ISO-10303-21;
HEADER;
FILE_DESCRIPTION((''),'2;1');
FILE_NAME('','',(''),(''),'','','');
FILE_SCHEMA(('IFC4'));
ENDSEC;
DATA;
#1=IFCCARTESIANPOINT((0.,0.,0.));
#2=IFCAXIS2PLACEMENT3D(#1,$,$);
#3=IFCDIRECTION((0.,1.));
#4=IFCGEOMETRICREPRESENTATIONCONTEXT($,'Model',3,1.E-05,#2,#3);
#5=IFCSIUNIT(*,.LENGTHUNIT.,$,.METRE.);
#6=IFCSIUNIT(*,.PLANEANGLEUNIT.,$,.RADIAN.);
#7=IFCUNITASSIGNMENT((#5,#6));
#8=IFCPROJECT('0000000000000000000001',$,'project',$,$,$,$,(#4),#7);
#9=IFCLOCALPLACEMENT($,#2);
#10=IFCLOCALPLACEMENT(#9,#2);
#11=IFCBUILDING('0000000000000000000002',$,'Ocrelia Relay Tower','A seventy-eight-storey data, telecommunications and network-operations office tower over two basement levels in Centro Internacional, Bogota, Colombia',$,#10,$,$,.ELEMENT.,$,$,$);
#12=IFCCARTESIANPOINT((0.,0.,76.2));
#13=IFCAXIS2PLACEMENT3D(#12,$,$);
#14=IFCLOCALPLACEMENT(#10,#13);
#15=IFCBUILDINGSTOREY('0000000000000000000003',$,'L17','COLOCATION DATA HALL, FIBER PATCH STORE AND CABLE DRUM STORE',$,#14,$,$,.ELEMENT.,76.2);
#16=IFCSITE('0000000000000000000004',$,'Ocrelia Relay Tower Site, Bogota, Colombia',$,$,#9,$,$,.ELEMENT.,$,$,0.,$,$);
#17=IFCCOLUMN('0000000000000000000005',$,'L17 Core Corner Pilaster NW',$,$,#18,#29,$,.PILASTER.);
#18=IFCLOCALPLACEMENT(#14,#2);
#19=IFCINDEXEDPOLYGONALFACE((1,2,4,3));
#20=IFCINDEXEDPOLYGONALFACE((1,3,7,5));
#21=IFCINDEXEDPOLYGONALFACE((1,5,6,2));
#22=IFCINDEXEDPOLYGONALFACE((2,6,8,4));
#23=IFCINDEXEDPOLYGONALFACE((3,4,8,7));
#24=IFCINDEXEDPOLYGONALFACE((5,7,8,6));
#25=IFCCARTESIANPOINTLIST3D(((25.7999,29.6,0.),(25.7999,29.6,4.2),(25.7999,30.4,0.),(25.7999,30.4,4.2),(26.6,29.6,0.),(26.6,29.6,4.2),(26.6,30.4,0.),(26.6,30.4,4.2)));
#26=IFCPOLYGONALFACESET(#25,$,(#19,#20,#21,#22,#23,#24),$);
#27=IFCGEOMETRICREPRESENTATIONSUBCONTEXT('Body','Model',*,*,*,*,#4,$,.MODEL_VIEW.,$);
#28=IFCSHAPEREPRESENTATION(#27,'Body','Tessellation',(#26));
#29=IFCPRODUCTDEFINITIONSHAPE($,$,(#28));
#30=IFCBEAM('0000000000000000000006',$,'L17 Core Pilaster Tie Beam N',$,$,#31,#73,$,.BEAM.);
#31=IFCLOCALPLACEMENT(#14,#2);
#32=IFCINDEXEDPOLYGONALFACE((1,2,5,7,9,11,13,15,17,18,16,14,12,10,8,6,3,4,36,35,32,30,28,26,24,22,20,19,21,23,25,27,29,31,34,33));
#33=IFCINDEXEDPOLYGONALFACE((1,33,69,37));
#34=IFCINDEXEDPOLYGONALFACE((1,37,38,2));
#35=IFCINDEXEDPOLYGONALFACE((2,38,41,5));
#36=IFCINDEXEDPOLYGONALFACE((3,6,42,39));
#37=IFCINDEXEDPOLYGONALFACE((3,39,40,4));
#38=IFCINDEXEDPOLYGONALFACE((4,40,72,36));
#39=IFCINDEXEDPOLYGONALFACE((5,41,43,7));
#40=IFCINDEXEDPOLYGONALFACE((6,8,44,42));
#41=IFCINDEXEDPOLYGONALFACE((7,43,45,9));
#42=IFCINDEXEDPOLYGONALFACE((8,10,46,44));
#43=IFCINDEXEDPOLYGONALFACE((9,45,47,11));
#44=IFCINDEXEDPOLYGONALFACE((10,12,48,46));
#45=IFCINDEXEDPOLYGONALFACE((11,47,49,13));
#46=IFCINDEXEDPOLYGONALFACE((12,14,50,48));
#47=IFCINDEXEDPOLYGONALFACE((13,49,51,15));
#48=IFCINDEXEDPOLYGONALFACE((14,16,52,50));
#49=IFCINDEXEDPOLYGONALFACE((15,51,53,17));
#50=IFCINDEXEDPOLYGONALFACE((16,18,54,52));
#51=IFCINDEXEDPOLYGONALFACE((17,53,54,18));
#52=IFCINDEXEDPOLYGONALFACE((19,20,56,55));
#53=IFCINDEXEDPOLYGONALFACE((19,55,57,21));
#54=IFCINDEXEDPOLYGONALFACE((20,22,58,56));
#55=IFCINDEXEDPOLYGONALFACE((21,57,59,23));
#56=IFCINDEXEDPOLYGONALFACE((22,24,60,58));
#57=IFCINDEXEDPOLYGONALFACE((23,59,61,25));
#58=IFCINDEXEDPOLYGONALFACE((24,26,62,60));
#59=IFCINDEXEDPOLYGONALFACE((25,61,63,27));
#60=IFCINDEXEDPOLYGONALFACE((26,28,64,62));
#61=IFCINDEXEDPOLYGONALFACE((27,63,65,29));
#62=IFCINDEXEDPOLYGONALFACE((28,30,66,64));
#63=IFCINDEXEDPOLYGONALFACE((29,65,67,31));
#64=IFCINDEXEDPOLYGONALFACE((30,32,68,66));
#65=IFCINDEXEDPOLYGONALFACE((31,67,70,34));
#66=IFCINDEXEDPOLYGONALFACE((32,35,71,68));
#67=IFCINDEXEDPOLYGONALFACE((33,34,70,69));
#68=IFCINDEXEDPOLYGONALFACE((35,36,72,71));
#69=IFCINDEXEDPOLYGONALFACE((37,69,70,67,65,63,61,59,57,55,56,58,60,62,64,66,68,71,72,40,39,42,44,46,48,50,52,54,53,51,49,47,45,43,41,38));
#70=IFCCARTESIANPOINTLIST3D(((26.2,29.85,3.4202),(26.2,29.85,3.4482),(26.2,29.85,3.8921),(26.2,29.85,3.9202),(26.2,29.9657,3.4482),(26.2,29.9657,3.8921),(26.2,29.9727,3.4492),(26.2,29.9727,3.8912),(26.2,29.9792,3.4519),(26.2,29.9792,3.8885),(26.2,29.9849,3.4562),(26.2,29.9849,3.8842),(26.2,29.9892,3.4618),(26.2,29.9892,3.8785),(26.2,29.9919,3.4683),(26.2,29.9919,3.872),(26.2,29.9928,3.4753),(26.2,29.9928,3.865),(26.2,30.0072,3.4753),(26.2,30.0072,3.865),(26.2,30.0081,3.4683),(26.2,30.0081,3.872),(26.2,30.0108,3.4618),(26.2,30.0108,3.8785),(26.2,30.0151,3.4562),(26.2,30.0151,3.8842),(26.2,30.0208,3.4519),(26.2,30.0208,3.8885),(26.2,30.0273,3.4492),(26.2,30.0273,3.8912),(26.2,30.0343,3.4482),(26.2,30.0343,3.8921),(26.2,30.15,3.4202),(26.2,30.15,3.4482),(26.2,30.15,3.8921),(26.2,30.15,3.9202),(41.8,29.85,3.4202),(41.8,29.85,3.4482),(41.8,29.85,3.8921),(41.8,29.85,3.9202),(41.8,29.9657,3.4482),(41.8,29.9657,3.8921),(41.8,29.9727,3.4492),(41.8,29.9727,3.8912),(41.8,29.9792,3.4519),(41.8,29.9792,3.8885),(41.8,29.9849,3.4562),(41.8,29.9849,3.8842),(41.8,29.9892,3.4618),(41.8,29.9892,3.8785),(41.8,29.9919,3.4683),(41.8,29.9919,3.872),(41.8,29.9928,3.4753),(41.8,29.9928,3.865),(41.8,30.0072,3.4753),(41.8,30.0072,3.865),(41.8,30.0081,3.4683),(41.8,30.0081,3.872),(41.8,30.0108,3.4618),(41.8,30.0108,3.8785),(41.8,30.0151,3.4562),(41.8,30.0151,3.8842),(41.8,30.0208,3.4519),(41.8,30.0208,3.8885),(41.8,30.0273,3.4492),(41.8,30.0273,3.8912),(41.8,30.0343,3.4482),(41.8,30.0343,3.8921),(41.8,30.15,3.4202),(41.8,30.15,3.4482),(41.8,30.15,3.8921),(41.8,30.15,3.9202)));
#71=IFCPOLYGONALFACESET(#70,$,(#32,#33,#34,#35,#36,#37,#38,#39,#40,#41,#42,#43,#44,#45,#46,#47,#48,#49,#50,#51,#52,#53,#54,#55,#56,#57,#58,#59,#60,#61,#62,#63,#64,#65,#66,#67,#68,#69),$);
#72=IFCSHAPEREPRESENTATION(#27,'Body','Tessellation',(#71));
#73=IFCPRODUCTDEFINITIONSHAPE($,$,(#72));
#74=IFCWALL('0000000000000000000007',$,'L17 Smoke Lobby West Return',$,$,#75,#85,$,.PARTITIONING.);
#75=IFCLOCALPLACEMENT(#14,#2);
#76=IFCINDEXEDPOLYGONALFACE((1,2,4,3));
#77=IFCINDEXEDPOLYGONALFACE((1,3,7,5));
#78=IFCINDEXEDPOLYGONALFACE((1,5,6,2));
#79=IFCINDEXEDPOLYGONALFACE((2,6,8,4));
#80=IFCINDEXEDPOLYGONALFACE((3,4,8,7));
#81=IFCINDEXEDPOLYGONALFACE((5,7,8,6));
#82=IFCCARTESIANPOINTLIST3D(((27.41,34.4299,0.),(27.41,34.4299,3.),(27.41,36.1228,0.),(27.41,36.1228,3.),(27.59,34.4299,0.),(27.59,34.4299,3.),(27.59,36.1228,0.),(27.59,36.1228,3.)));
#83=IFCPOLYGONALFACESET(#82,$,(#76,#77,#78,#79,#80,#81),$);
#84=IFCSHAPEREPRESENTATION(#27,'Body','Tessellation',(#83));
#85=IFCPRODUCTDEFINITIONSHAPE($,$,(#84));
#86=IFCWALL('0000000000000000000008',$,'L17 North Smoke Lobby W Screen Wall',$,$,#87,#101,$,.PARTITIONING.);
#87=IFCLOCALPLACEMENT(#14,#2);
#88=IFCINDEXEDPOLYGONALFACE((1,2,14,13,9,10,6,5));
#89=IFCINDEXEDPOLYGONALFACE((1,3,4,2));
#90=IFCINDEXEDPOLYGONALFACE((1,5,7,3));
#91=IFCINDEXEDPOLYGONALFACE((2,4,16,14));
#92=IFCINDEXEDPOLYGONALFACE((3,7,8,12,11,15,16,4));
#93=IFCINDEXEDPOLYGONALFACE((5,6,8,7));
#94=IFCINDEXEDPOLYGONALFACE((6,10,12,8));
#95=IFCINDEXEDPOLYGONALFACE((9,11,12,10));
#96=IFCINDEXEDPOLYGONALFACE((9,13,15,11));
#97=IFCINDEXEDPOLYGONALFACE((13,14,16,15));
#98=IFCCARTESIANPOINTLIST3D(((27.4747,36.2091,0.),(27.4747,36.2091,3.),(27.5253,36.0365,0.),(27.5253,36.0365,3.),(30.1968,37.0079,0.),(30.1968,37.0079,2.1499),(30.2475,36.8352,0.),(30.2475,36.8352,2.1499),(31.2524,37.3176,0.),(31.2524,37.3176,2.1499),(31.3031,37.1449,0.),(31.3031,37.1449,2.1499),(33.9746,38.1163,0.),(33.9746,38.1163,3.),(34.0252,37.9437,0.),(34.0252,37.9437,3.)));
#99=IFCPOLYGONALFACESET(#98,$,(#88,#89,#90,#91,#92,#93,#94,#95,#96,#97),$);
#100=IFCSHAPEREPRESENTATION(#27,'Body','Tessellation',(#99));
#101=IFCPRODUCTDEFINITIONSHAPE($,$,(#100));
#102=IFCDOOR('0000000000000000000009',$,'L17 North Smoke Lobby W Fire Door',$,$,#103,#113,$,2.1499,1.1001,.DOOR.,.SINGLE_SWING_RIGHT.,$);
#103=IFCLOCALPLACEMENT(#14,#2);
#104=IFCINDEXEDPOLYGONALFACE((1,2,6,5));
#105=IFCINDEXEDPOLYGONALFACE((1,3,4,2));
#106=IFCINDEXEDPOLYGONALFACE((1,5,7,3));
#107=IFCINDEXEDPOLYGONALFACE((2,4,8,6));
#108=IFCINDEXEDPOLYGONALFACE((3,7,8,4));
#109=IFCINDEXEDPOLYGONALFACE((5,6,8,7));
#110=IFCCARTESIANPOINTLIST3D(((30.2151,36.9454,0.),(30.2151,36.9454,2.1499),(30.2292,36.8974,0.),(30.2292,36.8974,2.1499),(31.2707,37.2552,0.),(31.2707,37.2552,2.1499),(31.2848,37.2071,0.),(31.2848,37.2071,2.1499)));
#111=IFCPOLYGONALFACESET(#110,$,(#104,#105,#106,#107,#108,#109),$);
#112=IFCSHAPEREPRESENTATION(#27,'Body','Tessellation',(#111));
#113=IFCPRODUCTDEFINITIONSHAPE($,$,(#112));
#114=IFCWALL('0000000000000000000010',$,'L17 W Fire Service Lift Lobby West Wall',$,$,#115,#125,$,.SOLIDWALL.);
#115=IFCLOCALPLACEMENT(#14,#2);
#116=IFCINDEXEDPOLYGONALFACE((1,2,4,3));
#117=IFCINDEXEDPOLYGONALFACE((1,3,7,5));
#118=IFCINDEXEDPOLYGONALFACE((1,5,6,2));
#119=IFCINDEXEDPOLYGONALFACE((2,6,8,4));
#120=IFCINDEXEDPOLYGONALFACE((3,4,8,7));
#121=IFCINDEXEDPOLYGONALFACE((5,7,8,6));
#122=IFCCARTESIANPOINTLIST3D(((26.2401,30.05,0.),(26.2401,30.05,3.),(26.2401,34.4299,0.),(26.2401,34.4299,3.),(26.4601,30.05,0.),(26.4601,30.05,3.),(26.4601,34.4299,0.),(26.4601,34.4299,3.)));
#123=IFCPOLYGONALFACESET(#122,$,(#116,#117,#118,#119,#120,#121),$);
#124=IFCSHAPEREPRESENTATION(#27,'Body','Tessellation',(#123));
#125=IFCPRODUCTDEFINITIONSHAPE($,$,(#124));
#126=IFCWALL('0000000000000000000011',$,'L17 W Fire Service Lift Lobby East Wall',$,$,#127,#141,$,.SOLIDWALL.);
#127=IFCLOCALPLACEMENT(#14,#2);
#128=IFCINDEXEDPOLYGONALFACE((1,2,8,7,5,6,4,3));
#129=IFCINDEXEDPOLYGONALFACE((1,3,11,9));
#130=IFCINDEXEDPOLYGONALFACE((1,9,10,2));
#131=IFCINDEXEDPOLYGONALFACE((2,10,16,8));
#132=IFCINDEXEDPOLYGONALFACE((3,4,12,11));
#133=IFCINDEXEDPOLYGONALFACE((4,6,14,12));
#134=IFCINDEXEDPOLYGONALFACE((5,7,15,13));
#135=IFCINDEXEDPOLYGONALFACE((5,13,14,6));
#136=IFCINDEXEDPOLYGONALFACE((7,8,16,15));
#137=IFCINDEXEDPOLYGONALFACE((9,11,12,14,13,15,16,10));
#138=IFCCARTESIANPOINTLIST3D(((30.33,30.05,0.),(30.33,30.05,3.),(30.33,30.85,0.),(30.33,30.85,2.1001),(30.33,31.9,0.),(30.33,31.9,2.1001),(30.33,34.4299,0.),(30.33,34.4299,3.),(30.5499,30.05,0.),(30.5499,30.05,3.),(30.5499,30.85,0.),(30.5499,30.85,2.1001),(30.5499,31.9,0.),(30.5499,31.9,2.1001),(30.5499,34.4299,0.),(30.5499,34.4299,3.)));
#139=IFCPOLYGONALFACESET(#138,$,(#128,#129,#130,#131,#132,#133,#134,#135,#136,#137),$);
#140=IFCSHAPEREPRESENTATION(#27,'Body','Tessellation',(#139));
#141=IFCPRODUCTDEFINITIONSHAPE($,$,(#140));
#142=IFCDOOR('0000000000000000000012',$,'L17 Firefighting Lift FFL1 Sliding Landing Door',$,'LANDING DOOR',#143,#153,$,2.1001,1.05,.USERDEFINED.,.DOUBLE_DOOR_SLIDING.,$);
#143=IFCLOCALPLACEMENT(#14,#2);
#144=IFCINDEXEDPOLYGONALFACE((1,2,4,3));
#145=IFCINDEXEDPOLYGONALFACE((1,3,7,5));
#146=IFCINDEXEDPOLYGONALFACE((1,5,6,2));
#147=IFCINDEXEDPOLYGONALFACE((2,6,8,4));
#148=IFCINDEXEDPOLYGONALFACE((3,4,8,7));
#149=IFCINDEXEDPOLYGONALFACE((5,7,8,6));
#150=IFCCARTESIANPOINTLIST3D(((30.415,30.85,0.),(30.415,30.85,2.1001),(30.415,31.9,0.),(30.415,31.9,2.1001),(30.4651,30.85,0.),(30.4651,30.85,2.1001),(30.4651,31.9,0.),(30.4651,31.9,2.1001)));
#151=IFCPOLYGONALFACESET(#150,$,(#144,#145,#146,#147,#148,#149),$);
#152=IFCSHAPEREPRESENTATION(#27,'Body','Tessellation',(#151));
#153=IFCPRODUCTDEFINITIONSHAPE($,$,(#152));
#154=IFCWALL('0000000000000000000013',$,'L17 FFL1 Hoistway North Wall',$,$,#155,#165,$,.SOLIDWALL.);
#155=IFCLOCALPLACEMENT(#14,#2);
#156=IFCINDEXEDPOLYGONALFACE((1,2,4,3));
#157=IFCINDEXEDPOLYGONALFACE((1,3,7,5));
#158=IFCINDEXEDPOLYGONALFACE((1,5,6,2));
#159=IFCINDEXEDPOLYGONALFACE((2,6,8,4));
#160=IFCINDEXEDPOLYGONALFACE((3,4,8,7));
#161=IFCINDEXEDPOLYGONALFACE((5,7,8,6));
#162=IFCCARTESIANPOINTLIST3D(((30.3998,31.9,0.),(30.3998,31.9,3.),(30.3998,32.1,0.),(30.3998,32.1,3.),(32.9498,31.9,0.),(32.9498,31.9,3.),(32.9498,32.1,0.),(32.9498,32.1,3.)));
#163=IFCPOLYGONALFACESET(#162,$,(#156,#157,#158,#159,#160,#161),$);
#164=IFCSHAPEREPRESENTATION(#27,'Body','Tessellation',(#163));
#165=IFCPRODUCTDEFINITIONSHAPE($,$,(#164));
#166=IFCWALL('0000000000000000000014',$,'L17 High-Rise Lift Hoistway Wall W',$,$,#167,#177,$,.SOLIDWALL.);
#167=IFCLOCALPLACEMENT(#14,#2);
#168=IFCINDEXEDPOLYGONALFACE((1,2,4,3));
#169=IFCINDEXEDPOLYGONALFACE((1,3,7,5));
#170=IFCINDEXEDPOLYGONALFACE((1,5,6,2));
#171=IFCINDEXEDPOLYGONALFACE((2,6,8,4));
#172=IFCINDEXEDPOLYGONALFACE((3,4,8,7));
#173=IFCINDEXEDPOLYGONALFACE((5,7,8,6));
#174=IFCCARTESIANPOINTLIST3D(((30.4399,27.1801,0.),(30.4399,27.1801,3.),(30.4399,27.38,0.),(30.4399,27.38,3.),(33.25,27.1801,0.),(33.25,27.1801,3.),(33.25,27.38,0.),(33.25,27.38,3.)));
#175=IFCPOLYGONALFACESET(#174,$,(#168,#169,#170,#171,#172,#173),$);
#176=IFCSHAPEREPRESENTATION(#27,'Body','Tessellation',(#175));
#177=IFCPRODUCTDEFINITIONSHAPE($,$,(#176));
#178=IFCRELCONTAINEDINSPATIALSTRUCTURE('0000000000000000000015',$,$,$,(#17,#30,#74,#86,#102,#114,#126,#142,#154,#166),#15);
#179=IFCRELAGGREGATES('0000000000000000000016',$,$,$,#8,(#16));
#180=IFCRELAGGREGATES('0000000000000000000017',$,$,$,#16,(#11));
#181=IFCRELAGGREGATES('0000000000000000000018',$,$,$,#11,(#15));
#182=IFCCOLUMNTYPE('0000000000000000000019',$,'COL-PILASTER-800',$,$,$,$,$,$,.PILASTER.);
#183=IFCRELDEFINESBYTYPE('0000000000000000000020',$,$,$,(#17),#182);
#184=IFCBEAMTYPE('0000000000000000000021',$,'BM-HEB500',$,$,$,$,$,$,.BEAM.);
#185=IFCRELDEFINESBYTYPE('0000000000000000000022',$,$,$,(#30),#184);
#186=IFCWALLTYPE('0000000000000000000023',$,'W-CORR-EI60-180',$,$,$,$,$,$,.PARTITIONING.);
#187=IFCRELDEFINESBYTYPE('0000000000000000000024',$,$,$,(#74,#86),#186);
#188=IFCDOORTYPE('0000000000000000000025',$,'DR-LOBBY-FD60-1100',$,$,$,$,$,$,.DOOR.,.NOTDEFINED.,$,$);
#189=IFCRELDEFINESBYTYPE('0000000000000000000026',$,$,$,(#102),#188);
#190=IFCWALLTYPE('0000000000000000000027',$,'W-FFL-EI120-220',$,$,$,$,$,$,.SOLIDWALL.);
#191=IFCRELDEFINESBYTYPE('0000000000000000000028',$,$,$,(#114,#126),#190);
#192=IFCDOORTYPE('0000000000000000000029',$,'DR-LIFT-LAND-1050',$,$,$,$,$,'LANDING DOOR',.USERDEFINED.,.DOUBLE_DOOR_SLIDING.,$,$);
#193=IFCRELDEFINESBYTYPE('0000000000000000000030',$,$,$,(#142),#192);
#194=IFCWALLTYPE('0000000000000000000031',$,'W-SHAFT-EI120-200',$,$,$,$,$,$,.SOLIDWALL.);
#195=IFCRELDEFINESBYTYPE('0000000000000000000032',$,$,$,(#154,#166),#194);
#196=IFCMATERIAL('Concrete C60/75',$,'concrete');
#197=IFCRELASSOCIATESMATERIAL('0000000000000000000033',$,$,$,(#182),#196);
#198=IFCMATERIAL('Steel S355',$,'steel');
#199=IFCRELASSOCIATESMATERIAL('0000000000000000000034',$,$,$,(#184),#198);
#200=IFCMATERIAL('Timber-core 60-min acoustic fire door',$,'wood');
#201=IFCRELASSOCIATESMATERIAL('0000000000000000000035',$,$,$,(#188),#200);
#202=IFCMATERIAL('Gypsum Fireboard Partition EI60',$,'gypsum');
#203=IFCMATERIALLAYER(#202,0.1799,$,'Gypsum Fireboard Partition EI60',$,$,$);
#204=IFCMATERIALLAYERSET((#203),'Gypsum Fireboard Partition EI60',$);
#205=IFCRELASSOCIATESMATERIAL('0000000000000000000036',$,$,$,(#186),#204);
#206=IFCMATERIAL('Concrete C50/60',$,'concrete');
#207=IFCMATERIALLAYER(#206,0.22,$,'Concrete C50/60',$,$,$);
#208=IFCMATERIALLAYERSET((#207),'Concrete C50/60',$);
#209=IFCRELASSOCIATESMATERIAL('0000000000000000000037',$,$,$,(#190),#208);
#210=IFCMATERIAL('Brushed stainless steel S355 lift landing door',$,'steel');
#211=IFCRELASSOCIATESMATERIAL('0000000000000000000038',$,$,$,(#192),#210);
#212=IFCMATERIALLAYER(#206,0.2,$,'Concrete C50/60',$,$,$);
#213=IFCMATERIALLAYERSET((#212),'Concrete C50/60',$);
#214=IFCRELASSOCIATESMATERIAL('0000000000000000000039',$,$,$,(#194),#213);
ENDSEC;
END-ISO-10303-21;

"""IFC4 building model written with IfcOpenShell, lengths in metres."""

from ifc_helpers import new_model, si_unit, direction, frame, frame_2d, origin, origin_2d, place, context, subcontext, project, spatial, rectangle, i_section, extrude, material, layer, layer_set, material_profile, profile_set, type_object, element, fill, save


model = new_model("IFC4")

# Units and contexts
model_context = context("Model", 3, precision=1e-05, world=origin(), true_north=direction((0.0, 1.0)))
body_context = subcontext(model_context, "Body", "Model", "MODEL_VIEW")
ifc_project = project(units=[si_unit("LENGTHUNIT", "METRE"), si_unit("PLANEANGLEUNIT", "RADIAN")], contexts=[model_context])

# Site, building, storey
site_placement = place(None, origin())
site = spatial("IfcSite", under=ifc_project, at=site_placement, Name="Ocrelia Relay Tower Site, Bogota, Colombia", CompositionType="ELEMENT", RefElevation=0.0)
building_placement = place(site_placement, origin())
building = spatial("IfcBuilding", under=site, at=building_placement, Name="Ocrelia Relay Tower", Description="A seventy-eight-storey data, telecommunications and network-operations office tower over two basement levels in Centro Internacional, Bogota, Colombia", CompositionType="ELEMENT")
storey_placement = place(building_placement, frame((0.0, 0.0, 76.2)))
storey = spatial("IfcBuildingStorey", under=building, at=storey_placement, Name="L17", Description="COLOCATION DATA HALL, FIBER PATCH STORE AND CABLE DRUM STORE", CompositionType="ELEMENT", Elevation=76.2)

# Column
ifc_material_1 = material(Name="Concrete C60/75", Category="concrete")
ifc_material_profile_1 = material_profile(ifc_material_1, rectangle(XDim=0.8, YDim=0.8, at=origin_2d()), Name="RC-COL-800x800")
ifc_profile_set_1 = profile_set([ifc_material_profile_1], Name="Concrete C60/75")
column_type = type_object("IfcColumnType", Name="COL-PILASTER-800", PredefinedType="PILASTER", material=ifc_profile_set_1)
column_placement = place(storey_placement, frame((26.2, 30.0, 0.0), z_axis=(0.0, 0.0, 1.0), x_axis=(1.0, 0.0, 0.0)))
element("IfcColumn", 1, at=column_placement, inside=storey, type_object=column_type, Name="L17 Core Corner Pilaster NW", PredefinedType="PILASTER", context=body_context, shape_type="SweptSolid", body=[
    extrude(rectangle(XDim=0.8, YDim=0.8, at=origin_2d()), origin(), (0.0, 0.0, 1.0), 4.2),
])

# Beam
ifc_material_2 = material(Name="Steel S355", Category="steel")
ifc_material_profile_2 = material_profile(ifc_material_2, i_section(OverallWidth=0.3, OverallDepth=0.5, WebThickness=0.0144, FlangeThickness=0.0281, FilletRadius=0.0271, at=origin_2d()), Name="HEB 500")
ifc_profile_set_2 = profile_set([ifc_material_profile_2], Name="Steel S355")
beam_type = type_object("IfcBeamType", Name="BM-HEB500", PredefinedType="BEAM", material=ifc_profile_set_2)
beam_placement = place(storey_placement, frame((26.2, 30.0, 3.6702), z_axis=(1.0, 0.0, 0.0), x_axis=(0.0, 1.0, 0.0)))
element("IfcBeam", 2, at=beam_placement, inside=storey, type_object=beam_type, Name="L17 Core Pilaster Tie Beam N", PredefinedType="BEAM", context=body_context, shape_type="SweptSolid", body=[
    extrude(i_section(OverallWidth=0.3, OverallDepth=0.5, WebThickness=0.0144, FlangeThickness=0.0281, FilletRadius=0.0271, at=origin_2d()), origin(), (0.0, 0.0, 1.0), 15.6001),
])

# Shared definitions
ifc_material_3 = material(Name="Timber-core 60-min acoustic fire door", Category="wood")
door_type_1 = type_object("IfcDoorType", Name="DR-LOBBY-FD60-1100", OperationType="NOTDEFINED", PredefinedType="DOOR", material=ifc_material_3)

# Wall
ifc_material_4 = material(Name="Gypsum Fireboard Partition EI60", Category="gypsum")
ifc_layer_1 = layer(ifc_material_4, 0.1799, Name="Gypsum Fireboard Partition EI60")
ifc_layer_set_1 = layer_set([ifc_layer_1], Name="Gypsum Fireboard Partition EI60")
wall_type_1 = type_object("IfcWallType", Name="W-CORR-EI60-180", PredefinedType="PARTITIONING", material=ifc_layer_set_1)
wall_1_placement = place(storey_placement, frame((27.5, 34.4299, 0.0), z_axis=(0.0, 0.0, 1.0), x_axis=(0.0, 1.0, 0.0)))
element("IfcWall", 3, at=wall_1_placement, inside=storey, type_object=wall_type_1, Name="L17 Smoke Lobby West Return", PredefinedType="PARTITIONING", context=body_context, shape_type="SweptSolid", body=[
    extrude(rectangle(XDim=1.6929, YDim=0.1799, at=frame_2d((0.8464, 0.0))), origin(), (0.0, 0.0, 1.0), 3.0),
])

# Wall, opening, door
wall_2_placement = place(storey_placement, frame((27.5, 36.1228, 0.0), z_axis=(0.0, 0.0, 1.0), x_axis=(0.959547, 0.28155, 0.0)))
wall_2 = element("IfcWall", 4, at=wall_2_placement, inside=storey, type_object=wall_type_1, Name="L17 North Smoke Lobby W Screen Wall", PredefinedType="PARTITIONING", context=body_context, shape_type="SweptSolid", body=[
    extrude(rectangle(XDim=6.7739, YDim=0.1799, at=frame_2d((3.387, 0.0))), origin(), (0.0, 0.0, 1.0), 3.0),
])
opening_1_placement = place(wall_2_placement, frame((2.8369, 0.0, 0.0)))
opening_1 = element("IfcOpeningElement", 5, at=opening_1_placement, cuts=wall_2, PredefinedType="OPENING", context=body_context, shape_type="SweptSolid", body=[
    extrude(rectangle(XDim=1.1001, YDim=2.1499, at=frame_2d((0.55, 1.075))), frame((0.0, 0.1001, 0.0), z_axis=(0.0, -1.0, 0.0), x_axis=(1.0, 0.0, 0.0)), (0.0, 0.0, 1.0), 0.2),
])
door_1_placement = place(opening_1_placement, origin())
door_1 = element("IfcDoor", 6, at=door_1_placement, inside=storey, type_object=door_type_1, Name="L17 North Smoke Lobby W Fire Door", OperationType="SINGLE_SWING_RIGHT", OverallHeight=2.1499, OverallWidth=1.1001, PredefinedType="DOOR", context=body_context, shape_type="SweptSolid", body=[
    extrude(rectangle(XDim=1.1001, YDim=2.1499, at=frame_2d((0.55, 1.075))), frame((0.0, 0.0249, 0.0), z_axis=(0.0, -1.0, 0.0), x_axis=(1.0, 0.0, 0.0)), (0.0, 0.0, 1.0), 0.05),
])
fill(opening_1, door_1)

# Wall
ifc_material_5 = material(Name="Concrete C50/60", Category="concrete")
ifc_layer_2 = layer(ifc_material_5, 0.22, Name="Concrete C50/60")
ifc_layer_set_2 = layer_set([ifc_layer_2], Name="Concrete C50/60")
wall_type_2 = type_object("IfcWallType", Name="W-FFL-EI120-220", PredefinedType="SOLIDWALL", material=ifc_layer_set_2)
wall_3_placement = place(storey_placement, frame((26.3501, 30.05, 0.0), z_axis=(0.0, 0.0, 1.0), x_axis=(0.0, 1.0, 0.0)))
element("IfcWall", 7, at=wall_3_placement, inside=storey, type_object=wall_type_2, Name="L17 W Fire Service Lift Lobby West Wall", PredefinedType="SOLIDWALL", context=body_context, shape_type="SweptSolid", body=[
    extrude(rectangle(XDim=4.3799, YDim=0.22, at=frame_2d((2.1899, 0.0))), origin(), (0.0, 0.0, 1.0), 3.0),
])

# Wall, opening, door
wall_4_placement = place(storey_placement, frame((30.4399, 30.05, 0.0), z_axis=(0.0, 0.0, 1.0), x_axis=(0.0, 1.0, 0.0)))
wall_4 = element("IfcWall", 8, at=wall_4_placement, inside=storey, type_object=wall_type_2, Name="L17 W Fire Service Lift Lobby East Wall", PredefinedType="SOLIDWALL", context=body_context, shape_type="SweptSolid", body=[
    extrude(rectangle(XDim=4.3799, YDim=0.22, at=frame_2d((2.1899, 0.0))), origin(), (0.0, 0.0, 1.0), 3.0),
])
opening_2_placement = place(wall_4_placement, frame((0.8, 0.0, 0.0)))
opening_2 = element("IfcOpeningElement", 9, at=opening_2_placement, cuts=wall_4, PredefinedType="OPENING", context=body_context, shape_type="SweptSolid", body=[
    extrude(rectangle(XDim=1.05, YDim=2.1001, at=frame_2d((0.5249, 1.05))), frame((0.0, 0.1201, 0.0), z_axis=(0.0, -1.0, 0.0), x_axis=(1.0, 0.0, 0.0)), (0.0, 0.0, 1.0), 0.24),
])
ifc_material_6 = material(Name="Brushed stainless steel S355 lift landing door", Category="steel")
door_type_2 = type_object("IfcDoorType", Name="DR-LIFT-LAND-1050", ElementType="LANDING DOOR", OperationType="DOUBLE_DOOR_SLIDING", PredefinedType="USERDEFINED", material=ifc_material_6)
door_2_placement = place(opening_2_placement, origin())
door_2 = element("IfcDoor", 10, at=door_2_placement, inside=storey, type_object=door_type_2, Name="L17 Firefighting Lift FFL1 Sliding Landing Door", ObjectType="LANDING DOOR", OperationType="DOUBLE_DOOR_SLIDING", OverallHeight=2.1001, OverallWidth=1.05, PredefinedType="USERDEFINED", context=body_context, shape_type="SweptSolid", body=[
    extrude(rectangle(XDim=1.05, YDim=2.1001, at=frame_2d((0.5249, 1.05))), frame((0.0, 0.0249, 0.0), z_axis=(0.0, -1.0, 0.0), x_axis=(1.0, 0.0, 0.0)), (0.0, 0.0, 1.0), 0.05),
])
fill(opening_2, door_2)

# Walls
ifc_layer_3 = layer(ifc_material_5, 0.2, Name="Concrete C50/60")
ifc_layer_set_3 = layer_set([ifc_layer_3], Name="Concrete C50/60")
wall_type_3 = type_object("IfcWallType", Name="W-SHAFT-EI120-200", PredefinedType="SOLIDWALL", material=ifc_layer_set_3)
wall_5_placement = place(storey_placement, frame((30.3999, 32.0, 0.0), z_axis=(0.0, 0.0, 1.0), x_axis=(1.0, 0.0, 0.0)))
element("IfcWall", 11, at=wall_5_placement, inside=storey, type_object=wall_type_3, Name="L17 FFL1 Hoistway North Wall", PredefinedType="SOLIDWALL", context=body_context, shape_type="SweptSolid", body=[
    extrude(rectangle(XDim=2.55, YDim=0.2, at=frame_2d((1.2749, 0.0))), origin(), (0.0, 0.0, 1.0), 3.0),
])
wall_6_placement = place(storey_placement, frame((30.4399, 27.28, 0.0), z_axis=(0.0, 0.0, 1.0), x_axis=(1.0, 0.0, 0.0)))
element("IfcWall", 12, at=wall_6_placement, inside=storey, type_object=wall_type_3, Name="L17 High-Rise Lift Hoistway Wall W", PredefinedType="SOLIDWALL", context=body_context, shape_type="SweptSolid", body=[
    extrude(rectangle(XDim=2.8101, YDim=0.2, at=frame_2d((1.405, 0.0))), origin(), (0.0, 0.0, 1.0), 3.0),
])

save(model, "model.ifc")
